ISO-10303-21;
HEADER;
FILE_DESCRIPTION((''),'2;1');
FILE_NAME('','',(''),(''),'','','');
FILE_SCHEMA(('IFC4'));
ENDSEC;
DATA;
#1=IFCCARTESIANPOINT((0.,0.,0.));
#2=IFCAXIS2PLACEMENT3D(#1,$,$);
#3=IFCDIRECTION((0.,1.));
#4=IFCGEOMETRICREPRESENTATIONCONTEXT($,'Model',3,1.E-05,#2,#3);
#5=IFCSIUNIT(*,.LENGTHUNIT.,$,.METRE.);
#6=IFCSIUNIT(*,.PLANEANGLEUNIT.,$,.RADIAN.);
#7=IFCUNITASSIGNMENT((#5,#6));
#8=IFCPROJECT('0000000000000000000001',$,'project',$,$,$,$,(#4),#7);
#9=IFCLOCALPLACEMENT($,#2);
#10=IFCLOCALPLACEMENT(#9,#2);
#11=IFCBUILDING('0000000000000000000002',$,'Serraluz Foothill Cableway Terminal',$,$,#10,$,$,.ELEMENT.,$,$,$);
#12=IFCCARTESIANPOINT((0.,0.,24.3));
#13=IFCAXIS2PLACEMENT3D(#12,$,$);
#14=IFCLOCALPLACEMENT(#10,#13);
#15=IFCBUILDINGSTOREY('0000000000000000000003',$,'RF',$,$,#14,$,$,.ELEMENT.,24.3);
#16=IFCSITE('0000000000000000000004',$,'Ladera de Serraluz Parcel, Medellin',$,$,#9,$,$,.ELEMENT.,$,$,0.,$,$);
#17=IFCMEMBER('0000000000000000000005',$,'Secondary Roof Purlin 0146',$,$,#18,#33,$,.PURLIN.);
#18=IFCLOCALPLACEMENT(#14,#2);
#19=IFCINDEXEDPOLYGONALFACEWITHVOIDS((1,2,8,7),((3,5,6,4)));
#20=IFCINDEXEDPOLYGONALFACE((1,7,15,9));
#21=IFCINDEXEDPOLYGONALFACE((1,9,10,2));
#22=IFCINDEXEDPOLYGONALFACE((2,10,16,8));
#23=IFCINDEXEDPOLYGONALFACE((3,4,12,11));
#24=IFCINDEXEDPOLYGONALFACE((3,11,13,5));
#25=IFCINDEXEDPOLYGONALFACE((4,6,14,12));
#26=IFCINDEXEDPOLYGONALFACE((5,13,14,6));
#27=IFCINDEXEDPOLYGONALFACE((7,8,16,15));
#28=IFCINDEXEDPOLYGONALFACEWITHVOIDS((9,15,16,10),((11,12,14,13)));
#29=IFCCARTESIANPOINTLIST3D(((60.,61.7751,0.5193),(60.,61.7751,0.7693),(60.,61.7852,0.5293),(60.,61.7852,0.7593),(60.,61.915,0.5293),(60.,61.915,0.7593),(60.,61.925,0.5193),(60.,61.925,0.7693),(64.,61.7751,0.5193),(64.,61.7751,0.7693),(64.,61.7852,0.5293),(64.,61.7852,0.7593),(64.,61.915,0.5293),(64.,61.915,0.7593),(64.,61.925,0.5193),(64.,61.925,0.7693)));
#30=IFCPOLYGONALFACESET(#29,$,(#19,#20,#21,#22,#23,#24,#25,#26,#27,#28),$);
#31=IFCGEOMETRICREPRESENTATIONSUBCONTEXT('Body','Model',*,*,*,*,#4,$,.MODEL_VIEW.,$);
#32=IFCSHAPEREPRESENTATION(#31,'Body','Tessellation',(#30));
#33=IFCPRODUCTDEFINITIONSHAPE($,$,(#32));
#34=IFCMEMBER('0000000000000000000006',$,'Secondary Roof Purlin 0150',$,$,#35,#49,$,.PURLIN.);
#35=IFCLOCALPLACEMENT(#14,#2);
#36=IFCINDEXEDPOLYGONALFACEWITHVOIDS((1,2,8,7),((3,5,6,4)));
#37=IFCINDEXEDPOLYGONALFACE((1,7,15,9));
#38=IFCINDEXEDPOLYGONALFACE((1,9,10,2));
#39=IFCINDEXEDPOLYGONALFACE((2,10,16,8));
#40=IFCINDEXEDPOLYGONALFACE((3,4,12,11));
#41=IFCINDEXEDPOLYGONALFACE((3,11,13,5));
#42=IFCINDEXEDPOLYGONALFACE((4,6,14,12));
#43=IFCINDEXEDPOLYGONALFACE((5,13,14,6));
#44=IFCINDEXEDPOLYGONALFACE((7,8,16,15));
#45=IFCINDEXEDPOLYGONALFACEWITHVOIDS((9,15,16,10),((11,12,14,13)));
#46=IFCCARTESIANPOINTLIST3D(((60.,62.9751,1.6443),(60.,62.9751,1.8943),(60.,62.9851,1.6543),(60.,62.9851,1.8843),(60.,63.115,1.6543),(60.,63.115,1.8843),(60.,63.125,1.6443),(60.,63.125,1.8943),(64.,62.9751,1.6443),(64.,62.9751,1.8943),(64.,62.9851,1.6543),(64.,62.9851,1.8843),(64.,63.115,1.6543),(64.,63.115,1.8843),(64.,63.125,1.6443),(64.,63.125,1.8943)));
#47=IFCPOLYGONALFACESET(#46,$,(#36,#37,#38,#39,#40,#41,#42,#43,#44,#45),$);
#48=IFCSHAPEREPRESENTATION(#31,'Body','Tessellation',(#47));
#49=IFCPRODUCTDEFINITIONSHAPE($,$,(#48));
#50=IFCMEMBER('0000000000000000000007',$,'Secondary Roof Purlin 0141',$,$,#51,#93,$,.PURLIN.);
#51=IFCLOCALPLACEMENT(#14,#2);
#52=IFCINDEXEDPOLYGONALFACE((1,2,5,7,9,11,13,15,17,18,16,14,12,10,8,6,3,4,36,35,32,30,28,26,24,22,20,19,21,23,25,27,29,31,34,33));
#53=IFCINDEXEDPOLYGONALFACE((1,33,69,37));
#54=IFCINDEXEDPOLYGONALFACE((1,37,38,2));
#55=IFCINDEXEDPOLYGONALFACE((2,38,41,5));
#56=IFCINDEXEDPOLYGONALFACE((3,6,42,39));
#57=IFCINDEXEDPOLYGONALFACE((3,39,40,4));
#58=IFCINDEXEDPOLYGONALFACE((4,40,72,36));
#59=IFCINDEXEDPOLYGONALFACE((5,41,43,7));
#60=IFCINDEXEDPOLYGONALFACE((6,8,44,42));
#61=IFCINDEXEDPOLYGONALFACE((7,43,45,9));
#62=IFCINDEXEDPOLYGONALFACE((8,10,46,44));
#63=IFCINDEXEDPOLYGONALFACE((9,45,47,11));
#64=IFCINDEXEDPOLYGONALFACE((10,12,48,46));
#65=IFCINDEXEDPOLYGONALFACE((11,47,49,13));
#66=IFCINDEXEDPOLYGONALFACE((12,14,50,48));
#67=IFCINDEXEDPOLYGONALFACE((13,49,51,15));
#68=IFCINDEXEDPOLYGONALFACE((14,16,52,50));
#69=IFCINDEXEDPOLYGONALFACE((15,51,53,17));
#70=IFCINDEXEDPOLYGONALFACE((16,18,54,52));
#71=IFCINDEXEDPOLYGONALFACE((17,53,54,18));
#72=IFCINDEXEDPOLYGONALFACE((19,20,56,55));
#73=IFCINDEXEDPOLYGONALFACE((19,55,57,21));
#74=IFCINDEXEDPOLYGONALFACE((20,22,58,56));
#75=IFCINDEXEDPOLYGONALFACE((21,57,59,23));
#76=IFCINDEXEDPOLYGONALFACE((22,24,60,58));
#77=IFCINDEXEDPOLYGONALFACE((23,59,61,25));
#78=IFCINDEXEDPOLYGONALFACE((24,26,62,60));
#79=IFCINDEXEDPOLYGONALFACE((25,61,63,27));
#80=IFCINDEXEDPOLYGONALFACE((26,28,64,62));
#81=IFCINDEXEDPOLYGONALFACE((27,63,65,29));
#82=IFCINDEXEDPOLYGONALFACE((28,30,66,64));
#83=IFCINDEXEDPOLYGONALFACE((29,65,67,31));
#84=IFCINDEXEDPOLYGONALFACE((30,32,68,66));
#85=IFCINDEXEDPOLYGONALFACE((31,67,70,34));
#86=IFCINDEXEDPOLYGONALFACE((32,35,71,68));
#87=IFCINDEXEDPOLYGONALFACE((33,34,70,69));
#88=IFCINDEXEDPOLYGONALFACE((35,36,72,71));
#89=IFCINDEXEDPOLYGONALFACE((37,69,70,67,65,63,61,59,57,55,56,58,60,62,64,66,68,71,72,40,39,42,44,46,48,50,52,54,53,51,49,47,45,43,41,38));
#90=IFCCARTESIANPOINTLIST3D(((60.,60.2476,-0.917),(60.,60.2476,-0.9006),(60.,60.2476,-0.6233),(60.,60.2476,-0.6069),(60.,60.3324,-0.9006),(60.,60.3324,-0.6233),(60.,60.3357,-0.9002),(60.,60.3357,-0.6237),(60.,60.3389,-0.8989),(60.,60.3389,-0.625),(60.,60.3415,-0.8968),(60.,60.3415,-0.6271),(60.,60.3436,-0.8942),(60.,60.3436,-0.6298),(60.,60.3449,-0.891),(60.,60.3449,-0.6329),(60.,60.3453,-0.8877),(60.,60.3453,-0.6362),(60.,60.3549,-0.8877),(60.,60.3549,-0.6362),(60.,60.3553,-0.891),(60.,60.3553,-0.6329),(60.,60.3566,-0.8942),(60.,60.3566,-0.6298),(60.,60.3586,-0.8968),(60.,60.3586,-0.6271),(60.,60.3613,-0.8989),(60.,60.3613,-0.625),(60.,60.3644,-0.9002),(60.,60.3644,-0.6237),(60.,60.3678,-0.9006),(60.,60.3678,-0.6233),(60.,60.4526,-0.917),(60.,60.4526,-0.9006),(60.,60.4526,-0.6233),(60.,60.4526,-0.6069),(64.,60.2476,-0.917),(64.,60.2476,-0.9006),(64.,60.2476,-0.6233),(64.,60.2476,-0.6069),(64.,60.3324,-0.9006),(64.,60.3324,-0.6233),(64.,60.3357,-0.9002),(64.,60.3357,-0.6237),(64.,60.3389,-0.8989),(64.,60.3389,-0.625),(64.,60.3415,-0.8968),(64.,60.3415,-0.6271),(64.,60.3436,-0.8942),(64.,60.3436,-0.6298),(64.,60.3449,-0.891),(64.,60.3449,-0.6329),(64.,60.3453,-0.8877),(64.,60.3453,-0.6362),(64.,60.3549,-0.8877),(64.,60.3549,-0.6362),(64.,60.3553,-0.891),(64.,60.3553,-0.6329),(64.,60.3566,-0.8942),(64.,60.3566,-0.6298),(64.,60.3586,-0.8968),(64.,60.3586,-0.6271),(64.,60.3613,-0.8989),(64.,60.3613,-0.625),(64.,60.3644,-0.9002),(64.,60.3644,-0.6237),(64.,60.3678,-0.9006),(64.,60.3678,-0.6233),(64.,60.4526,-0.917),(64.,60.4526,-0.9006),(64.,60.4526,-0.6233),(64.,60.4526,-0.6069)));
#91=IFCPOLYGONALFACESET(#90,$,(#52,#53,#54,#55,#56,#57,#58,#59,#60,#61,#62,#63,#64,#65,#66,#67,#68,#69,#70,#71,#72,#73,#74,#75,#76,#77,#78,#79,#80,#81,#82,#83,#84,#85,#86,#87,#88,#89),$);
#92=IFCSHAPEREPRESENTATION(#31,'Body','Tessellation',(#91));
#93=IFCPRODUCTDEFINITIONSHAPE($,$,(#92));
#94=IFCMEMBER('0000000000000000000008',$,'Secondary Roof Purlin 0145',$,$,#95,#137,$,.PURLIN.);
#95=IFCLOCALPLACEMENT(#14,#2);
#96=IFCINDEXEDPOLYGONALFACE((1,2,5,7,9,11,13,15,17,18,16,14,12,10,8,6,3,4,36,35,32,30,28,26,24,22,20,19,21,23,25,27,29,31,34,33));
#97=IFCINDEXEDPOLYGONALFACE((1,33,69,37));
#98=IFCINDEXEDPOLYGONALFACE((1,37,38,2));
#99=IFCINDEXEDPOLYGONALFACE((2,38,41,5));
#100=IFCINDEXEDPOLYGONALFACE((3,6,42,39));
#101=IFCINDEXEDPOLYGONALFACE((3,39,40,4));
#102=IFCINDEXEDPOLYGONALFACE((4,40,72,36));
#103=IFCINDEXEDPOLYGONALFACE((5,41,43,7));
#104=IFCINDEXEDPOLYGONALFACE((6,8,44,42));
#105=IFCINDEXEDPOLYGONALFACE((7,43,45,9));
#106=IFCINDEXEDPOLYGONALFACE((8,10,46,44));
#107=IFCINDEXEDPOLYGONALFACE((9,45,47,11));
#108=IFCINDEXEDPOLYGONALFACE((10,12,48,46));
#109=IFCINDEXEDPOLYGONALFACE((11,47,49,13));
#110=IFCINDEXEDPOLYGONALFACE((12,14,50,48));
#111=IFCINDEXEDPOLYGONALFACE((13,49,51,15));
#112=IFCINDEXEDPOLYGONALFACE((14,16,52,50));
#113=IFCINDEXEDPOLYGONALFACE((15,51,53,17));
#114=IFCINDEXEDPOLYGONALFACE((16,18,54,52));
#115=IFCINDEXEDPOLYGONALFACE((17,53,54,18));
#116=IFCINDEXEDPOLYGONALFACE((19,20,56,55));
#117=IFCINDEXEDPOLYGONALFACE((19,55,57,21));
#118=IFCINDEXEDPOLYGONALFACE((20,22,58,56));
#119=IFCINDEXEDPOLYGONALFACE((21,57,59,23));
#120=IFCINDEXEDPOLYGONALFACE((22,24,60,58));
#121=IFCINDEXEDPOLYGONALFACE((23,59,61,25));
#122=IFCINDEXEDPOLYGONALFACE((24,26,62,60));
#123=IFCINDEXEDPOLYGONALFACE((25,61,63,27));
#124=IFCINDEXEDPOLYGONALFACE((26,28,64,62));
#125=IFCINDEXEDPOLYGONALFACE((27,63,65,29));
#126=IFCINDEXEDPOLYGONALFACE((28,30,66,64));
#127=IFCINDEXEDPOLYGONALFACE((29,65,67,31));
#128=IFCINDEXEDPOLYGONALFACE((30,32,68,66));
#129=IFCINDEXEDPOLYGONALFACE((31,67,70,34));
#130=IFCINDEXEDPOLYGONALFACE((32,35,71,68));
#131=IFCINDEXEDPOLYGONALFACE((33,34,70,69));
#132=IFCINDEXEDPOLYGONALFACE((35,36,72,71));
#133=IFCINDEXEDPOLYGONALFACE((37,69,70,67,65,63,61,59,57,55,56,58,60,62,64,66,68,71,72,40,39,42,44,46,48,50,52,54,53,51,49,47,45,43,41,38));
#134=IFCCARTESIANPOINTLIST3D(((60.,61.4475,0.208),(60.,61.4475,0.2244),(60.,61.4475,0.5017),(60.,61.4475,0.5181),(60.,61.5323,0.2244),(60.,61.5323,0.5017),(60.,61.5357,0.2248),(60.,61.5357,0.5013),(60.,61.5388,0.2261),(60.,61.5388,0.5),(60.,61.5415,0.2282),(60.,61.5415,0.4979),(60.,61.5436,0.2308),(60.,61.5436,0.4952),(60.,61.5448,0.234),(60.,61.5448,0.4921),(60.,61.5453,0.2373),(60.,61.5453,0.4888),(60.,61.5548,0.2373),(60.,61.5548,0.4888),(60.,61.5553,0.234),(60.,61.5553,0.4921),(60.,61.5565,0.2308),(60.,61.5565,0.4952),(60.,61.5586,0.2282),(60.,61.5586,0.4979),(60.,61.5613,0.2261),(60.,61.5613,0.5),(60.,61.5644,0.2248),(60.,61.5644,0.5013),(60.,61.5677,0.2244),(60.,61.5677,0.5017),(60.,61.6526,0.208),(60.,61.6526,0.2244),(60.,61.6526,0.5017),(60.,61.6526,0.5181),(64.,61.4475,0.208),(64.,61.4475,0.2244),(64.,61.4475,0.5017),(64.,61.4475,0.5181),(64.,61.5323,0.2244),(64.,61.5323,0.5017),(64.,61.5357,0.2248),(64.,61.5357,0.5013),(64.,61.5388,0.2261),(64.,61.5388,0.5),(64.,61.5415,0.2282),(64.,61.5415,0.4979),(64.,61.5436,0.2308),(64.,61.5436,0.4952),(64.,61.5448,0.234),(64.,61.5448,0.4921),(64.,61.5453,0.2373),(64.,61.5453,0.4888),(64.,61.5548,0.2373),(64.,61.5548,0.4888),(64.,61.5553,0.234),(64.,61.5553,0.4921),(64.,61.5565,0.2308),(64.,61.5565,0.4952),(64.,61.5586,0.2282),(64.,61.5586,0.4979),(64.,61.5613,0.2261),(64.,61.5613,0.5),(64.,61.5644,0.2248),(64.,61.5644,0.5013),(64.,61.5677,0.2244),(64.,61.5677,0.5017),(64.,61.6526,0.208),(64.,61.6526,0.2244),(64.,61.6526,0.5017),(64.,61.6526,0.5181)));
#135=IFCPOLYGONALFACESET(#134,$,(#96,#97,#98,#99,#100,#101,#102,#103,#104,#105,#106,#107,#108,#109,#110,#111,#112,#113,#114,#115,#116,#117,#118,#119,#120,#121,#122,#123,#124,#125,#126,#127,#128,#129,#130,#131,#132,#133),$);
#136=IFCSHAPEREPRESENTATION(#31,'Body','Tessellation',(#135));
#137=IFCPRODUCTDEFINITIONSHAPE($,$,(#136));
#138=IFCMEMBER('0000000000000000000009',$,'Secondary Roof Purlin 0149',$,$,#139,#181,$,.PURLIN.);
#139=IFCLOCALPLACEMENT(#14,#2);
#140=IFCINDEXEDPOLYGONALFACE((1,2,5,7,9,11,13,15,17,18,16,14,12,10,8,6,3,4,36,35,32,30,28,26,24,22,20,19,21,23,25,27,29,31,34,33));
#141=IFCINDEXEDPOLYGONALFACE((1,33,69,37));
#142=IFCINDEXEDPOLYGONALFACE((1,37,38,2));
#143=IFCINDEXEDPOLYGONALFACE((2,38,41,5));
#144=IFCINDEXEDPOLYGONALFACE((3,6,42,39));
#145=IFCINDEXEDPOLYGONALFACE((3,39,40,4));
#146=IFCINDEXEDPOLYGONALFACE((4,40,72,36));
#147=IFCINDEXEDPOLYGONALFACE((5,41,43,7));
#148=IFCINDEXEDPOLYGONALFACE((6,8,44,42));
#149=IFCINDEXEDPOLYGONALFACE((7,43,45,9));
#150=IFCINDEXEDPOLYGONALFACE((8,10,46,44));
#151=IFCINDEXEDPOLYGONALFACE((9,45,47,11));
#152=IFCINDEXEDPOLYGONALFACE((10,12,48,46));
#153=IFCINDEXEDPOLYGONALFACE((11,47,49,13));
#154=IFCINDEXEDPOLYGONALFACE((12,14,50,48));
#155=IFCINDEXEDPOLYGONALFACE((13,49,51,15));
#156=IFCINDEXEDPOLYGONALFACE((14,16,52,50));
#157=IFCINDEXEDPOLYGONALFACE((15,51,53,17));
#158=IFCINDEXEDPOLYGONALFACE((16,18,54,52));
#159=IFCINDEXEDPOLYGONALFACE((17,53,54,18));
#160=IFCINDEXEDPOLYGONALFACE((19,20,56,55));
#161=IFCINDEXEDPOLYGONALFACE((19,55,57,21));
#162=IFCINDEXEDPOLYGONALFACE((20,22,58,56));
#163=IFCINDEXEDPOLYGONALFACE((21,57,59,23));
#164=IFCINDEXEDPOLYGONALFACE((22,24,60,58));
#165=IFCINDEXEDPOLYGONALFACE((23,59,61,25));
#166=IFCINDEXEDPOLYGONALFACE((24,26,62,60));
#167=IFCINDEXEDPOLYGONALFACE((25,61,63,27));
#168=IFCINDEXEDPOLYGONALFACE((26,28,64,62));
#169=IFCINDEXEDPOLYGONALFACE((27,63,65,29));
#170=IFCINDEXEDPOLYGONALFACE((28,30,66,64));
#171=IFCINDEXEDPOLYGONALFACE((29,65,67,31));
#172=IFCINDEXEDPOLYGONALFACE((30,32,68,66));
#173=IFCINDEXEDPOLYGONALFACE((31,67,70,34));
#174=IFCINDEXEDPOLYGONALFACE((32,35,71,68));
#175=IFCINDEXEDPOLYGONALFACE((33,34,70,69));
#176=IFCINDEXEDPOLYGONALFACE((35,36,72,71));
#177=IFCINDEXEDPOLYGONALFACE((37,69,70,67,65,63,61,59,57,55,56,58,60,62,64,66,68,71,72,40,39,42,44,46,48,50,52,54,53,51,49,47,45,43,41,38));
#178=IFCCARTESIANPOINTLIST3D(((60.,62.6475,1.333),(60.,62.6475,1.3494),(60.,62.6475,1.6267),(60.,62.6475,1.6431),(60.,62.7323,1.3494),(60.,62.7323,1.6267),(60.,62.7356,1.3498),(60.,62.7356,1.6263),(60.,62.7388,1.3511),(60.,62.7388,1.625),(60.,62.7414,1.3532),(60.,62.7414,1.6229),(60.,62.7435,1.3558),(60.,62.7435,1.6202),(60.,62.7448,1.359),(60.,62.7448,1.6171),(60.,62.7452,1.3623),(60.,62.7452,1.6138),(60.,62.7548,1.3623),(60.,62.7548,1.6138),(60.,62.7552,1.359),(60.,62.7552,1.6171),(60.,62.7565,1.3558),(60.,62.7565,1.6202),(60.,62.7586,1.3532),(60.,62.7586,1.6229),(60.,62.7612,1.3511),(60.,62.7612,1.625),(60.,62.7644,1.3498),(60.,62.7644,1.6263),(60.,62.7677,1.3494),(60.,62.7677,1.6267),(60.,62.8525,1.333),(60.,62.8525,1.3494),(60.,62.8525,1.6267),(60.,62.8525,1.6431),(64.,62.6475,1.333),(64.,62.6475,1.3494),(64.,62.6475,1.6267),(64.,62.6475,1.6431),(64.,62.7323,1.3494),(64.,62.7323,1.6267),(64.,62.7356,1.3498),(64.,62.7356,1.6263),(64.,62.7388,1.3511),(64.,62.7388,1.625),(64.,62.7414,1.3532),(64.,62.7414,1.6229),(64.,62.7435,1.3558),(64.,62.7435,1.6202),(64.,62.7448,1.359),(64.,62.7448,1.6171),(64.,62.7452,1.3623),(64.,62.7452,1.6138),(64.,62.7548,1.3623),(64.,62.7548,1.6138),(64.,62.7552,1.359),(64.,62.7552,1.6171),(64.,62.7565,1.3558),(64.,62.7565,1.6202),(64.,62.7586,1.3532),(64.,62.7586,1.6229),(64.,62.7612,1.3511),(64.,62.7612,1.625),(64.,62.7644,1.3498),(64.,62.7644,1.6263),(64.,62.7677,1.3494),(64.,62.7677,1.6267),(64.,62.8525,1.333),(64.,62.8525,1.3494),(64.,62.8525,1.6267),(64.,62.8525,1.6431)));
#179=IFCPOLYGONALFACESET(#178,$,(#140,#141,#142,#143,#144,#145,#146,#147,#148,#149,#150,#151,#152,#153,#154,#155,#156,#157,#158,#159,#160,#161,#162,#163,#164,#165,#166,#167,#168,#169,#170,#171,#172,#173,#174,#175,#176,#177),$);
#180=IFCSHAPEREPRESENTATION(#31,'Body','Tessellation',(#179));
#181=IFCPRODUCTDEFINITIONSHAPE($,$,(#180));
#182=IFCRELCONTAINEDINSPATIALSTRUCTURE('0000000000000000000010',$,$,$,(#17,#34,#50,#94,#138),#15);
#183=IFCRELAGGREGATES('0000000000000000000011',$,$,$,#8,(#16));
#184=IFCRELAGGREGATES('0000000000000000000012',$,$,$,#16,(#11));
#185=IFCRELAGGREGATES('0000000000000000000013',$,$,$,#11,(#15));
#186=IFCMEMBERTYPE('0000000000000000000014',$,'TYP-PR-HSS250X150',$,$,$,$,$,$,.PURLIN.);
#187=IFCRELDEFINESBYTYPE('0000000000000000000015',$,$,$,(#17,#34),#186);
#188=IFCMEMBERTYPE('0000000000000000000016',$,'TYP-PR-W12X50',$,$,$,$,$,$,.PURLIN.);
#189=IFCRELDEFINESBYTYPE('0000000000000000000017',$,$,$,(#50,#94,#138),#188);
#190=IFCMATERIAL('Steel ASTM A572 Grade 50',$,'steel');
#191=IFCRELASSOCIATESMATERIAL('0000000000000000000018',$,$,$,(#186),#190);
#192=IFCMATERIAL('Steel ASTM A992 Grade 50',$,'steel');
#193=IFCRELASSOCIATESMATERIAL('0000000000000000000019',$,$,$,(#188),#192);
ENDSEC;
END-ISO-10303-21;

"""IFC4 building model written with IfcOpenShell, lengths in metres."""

from ifc_helpers import new_model, si_unit, direction, frame, origin, origin_2d, place, context, subcontext, project, spatial, hollow_rectangle, i_section, extrude, material, material_profile, profile_set, type_object, element, save


model = new_model("IFC4")

# Units and contexts
model_context = context("Model", 3, precision=1e-05, world=origin(), true_north=direction((0.0, 1.0)))
body_context = subcontext(model_context, "Body", "Model", "MODEL_VIEW")
ifc_project = project(units=[si_unit("LENGTHUNIT", "METRE"), si_unit("PLANEANGLEUNIT", "RADIAN")], contexts=[model_context])

# Site, building, storey
site_placement = place(None, origin())
site = spatial("IfcSite", under=ifc_project, at=site_placement, Name="Ladera de Serraluz Parcel, Medellin", CompositionType="ELEMENT", RefElevation=0.0)
building_placement = place(site_placement, origin())
building = spatial("IfcBuilding", under=site, at=building_placement, Name="Serraluz Foothill Cableway Terminal", CompositionType="ELEMENT")
storey_placement = place(building_placement, frame((0.0, 0.0, 24.3)))
storey = spatial("IfcBuildingStorey", under=building, at=storey_placement, Name="RF", CompositionType="ELEMENT", Elevation=24.3)

# Members
ifc_material_1 = material(Name="Steel ASTM A572 Grade 50", Category="steel")
ifc_material_profile_1 = material_profile(ifc_material_1, hollow_rectangle(XDim=0.1499, YDim=0.25, WallThickness=0.01, at=origin_2d()), Name="HSS250X150X10")
ifc_profile_set_1 = profile_set([ifc_material_profile_1], Name="Steel ASTM A572 Grade 50")
member_type_1 = type_object("IfcMemberType", Name="TYP-PR-HSS250X150", PredefinedType="PURLIN", material=ifc_profile_set_1)
for number, where, z_axis, x_axis, name in (
    (1, (60.0, 61.8501, 0.6443), (1.0, 0.0, 0.0), (0.0, 1.0, 0.0), "Secondary Roof Purlin 0146"),
    (2, (60.0, 63.05, 1.7693), (1.0, 0.0, 0.0), (0.0, 1.0, 0.0), "Secondary Roof Purlin 0150"),
):
    element("IfcMember", number, at=place(storey_placement, frame(where, z_axis=z_axis, x_axis=x_axis)), inside=storey, type_object=member_type_1, Name=name, PredefinedType="PURLIN", context=body_context, shape_type="SweptSolid", body=[
        extrude(hollow_rectangle(XDim=0.1499, YDim=0.25, WallThickness=0.01, at=origin_2d()), origin(), (0.0, 0.0, 1.0), 4.0),
    ])
ifc_material_2 = material(Name="Steel ASTM A992 Grade 50", Category="steel")
ifc_material_profile_2 = material_profile(ifc_material_2, i_section(OverallWidth=0.2051, OverallDepth=0.3101, WebThickness=0.0095, FlangeThickness=0.0164, FilletRadius=0.0129, at=origin_2d()), Name="W12X50")
ifc_profile_set_2 = profile_set([ifc_material_profile_2], Name="Steel ASTM A992 Grade 50")
member_type_2 = type_object("IfcMemberType", Name="TYP-PR-W12X50", PredefinedType="PURLIN", material=ifc_profile_set_2)
for number, where, z_axis, x_axis, name in (
    (3, (60.0, 60.3501, -0.762), (1.0, 0.0, 0.0), (0.0, 1.0, 0.0), "Secondary Roof Purlin 0141"),
    (4, (60.0, 61.55, 0.363), (1.0, 0.0, 0.0), (0.0, 1.0, 0.0), "Secondary Roof Purlin 0145"),
    (5, (60.0, 62.75, 1.488), (1.0, 0.0, 0.0), (0.0, 1.0, 0.0), "Secondary Roof Purlin 0149"),
):
    element("IfcMember", number, at=place(storey_placement, frame(where, z_axis=z_axis, x_axis=x_axis)), inside=storey, type_object=member_type_2, Name=name, PredefinedType="PURLIN", context=body_context, shape_type="SweptSolid", body=[
        extrude(i_section(OverallWidth=0.2051, OverallDepth=0.3101, WebThickness=0.0095, FlangeThickness=0.0164, FilletRadius=0.0129, at=origin_2d()), origin(), (0.0, 0.0, 1.0), 4.0),
    ])

save(model, "model.ifc")
